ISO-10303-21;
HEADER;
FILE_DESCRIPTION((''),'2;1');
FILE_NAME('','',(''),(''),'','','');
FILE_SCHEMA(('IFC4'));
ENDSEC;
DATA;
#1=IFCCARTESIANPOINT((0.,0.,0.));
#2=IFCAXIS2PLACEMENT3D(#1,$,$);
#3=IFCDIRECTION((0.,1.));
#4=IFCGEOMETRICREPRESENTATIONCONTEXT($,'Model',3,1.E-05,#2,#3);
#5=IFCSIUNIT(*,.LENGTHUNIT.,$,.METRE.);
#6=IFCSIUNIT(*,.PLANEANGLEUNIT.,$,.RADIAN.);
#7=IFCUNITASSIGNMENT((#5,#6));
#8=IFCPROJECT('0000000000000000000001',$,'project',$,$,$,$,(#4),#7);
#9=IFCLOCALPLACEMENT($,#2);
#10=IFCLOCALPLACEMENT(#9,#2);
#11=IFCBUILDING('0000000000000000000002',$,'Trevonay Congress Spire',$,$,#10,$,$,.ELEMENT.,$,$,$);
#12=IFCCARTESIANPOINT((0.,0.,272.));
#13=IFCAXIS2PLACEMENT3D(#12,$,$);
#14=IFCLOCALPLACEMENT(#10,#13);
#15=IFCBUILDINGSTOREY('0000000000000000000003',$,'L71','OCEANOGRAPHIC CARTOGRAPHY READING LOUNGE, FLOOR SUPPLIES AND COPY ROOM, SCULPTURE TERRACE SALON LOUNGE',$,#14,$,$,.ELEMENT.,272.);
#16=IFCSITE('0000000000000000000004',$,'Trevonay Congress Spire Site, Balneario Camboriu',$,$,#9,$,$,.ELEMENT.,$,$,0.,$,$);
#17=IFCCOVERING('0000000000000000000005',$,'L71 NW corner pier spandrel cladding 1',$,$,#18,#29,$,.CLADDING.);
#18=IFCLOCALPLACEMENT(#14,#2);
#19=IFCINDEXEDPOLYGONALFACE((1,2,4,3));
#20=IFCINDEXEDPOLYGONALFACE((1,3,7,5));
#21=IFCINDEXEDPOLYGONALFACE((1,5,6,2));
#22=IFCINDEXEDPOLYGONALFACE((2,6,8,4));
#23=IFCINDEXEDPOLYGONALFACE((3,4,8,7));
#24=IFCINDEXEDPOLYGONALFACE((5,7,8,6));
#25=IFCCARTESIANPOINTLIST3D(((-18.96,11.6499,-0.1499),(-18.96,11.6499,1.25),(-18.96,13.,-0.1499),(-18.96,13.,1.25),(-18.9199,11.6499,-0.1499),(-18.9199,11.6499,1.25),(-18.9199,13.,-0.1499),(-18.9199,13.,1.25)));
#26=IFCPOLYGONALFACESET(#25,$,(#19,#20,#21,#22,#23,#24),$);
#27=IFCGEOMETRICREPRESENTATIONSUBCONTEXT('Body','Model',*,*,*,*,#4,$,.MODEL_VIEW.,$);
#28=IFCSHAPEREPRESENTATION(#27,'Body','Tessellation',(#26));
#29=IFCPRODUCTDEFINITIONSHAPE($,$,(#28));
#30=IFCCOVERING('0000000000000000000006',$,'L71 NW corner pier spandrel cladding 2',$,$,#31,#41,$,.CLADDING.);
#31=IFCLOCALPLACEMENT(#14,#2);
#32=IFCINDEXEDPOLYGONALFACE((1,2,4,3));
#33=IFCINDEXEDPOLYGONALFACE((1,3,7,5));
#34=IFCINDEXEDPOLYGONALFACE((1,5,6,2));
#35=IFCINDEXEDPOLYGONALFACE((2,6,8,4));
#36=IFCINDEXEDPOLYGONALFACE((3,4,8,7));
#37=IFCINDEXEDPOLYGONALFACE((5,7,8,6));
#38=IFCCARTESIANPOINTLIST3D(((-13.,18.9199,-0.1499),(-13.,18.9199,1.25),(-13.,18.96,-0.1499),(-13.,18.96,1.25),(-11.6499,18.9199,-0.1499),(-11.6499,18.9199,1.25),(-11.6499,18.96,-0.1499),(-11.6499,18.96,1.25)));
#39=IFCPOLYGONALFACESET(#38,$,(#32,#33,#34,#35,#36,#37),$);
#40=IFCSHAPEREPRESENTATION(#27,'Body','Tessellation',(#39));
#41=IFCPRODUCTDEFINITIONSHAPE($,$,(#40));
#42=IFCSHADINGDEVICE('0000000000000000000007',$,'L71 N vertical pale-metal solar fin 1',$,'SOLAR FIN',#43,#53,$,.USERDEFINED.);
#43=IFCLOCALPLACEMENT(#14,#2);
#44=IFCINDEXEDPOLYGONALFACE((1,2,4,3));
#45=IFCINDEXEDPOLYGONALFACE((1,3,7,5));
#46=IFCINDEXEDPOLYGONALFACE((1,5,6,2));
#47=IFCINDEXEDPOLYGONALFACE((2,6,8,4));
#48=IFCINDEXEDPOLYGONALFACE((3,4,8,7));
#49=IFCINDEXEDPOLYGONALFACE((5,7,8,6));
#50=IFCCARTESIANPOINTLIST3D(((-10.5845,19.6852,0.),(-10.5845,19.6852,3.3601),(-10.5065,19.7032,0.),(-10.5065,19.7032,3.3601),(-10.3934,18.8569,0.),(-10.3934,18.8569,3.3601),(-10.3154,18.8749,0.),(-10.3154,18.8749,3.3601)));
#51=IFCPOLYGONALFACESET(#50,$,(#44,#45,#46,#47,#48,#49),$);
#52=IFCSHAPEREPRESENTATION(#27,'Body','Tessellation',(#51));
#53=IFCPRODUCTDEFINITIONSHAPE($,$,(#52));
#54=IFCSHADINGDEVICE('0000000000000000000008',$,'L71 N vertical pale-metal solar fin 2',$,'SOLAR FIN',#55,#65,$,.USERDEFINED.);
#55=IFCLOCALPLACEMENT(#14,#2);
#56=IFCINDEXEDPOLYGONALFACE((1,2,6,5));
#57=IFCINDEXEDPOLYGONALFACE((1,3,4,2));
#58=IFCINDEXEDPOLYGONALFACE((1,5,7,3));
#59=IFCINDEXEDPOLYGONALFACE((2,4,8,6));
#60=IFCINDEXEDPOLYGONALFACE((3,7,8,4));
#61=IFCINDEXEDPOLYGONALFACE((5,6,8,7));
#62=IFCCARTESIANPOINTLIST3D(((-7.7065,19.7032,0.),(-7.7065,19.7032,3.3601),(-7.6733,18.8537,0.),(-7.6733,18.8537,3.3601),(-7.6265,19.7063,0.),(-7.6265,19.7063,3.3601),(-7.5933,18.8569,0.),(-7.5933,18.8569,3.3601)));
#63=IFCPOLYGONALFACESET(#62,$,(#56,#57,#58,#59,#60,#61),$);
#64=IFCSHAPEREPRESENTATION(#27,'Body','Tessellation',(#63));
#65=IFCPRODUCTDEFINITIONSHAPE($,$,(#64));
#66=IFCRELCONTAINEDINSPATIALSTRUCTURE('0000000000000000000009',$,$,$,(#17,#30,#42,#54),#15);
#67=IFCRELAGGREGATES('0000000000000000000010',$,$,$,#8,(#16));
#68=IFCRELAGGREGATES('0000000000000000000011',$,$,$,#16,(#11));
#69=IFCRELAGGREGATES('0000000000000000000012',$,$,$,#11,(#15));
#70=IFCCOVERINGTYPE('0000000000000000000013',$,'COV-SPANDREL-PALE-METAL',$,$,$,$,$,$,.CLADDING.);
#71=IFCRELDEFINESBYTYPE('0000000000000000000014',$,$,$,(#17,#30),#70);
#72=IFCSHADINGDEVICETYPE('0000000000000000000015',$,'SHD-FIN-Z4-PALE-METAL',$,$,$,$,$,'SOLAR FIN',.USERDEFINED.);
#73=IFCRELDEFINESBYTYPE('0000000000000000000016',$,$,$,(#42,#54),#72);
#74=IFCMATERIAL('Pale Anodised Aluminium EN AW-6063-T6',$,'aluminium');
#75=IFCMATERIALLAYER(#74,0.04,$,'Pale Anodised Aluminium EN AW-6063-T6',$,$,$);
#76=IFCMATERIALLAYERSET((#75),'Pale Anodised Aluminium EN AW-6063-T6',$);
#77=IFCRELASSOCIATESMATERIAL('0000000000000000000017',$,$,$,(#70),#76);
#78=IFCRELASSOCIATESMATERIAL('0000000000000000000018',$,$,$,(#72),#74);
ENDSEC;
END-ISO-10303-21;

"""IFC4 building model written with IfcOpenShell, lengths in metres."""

from ifc_helpers import new_model, si_unit, direction, frame, frame_2d, origin, origin_2d, place, context, subcontext, project, spatial, rectangle, extrude, material, layer, layer_set, type_object, element, save


model = new_model("IFC4")

# Units and contexts
model_context = context("Model", 3, precision=1e-05, world=origin(), true_north=direction((0.0, 1.0)))
body_context = subcontext(model_context, "Body", "Model", "MODEL_VIEW")
ifc_project = project(units=[si_unit("LENGTHUNIT", "METRE"), si_unit("PLANEANGLEUNIT", "RADIAN")], contexts=[model_context])

# Site, building, storey
site_placement = place(None, origin())
site = spatial("IfcSite", under=ifc_project, at=site_placement, Name="Trevonay Congress Spire Site, Balneario Camboriu", CompositionType="ELEMENT", RefElevation=0.0)
building_placement = place(site_placement, origin())
building = spatial("IfcBuilding", under=site, at=building_placement, Name="Trevonay Congress Spire", CompositionType="ELEMENT")
storey_placement = place(building_placement, frame((0.0, 0.0, 272.0)))
storey = spatial("IfcBuildingStorey", under=building, at=storey_placement, Name="L71", Description="OCEANOGRAPHIC CARTOGRAPHY READING LOUNGE, FLOOR SUPPLIES AND COPY ROOM, SCULPTURE TERRACE SALON LOUNGE", CompositionType="ELEMENT", Elevation=272.0)

# Shared definitions
ifc_material_1 = material(Name="Pale Anodised Aluminium EN AW-6063-T6", Category="aluminium")

# Coverings
ifc_layer_1 = layer(ifc_material_1, 0.04, Name="Pale Anodised Aluminium EN AW-6063-T6")
ifc_layer_set_1 = layer_set([ifc_layer_1], Name="Pale Anodised Aluminium EN AW-6063-T6")
covering_type = type_object("IfcCoveringType", Name="COV-SPANDREL-PALE-METAL", PredefinedType="CLADDING", material=ifc_layer_set_1)
for number, where, z_axis, x_axis, name in (
    (1, (-18.9399, 11.6499, -0.1499), (0.0, 0.0, 1.0), (0.0, 1.0, 0.0), "L71 NW corner pier spandrel cladding 1"),
    (2, (-11.6499, 18.9399, -0.1499), (0.0, 0.0, 1.0), (-1.0, 0.0, 0.0), "L71 NW corner pier spandrel cladding 2"),
):
    element("IfcCovering", number, at=place(storey_placement, frame(where, z_axis=z_axis, x_axis=x_axis)), inside=storey, type_object=covering_type, Name=name, PredefinedType="CLADDING", context=body_context, shape_type="SweptSolid", body=[
        extrude(rectangle(XDim=1.3501, YDim=0.04, at=frame_2d((0.675, 0.0))), origin(), (0.0, 0.0, 1.0), 1.3999),
    ])

# Shading devices
shading_device_type = type_object("IfcShadingDeviceType", Name="SHD-FIN-Z4-PALE-METAL", ElementType="SOLAR FIN", PredefinedType="USERDEFINED", material=ifc_material_1)
for number, where, z_axis, x_axis, name in (
    (3, (-10.45, 19.28, 0.0), (0.0, 0.0, 1.0), (0.974409, 0.224781, 0.0), "L71 N vertical pale-metal solar fin 1"),
    (4, (-7.6499, 19.28, 0.0), (0.0, 0.0, 1.0), (0.999236, 0.039085, 0.0), "L71 N vertical pale-metal solar fin 2"),
):
    element("IfcShadingDevice", number, at=place(storey_placement, frame(where, z_axis=z_axis, x_axis=x_axis)), inside=storey, type_object=shading_device_type, Name=name, ObjectType="SOLAR FIN", PredefinedType="USERDEFINED", context=body_context, shape_type="SweptSolid", body=[
        extrude(rectangle(XDim=0.0801, YDim=0.8501, at=origin_2d()), origin(), (0.0, 0.0, 1.0), 3.3601),
    ])

save(model, "model.ifc")
